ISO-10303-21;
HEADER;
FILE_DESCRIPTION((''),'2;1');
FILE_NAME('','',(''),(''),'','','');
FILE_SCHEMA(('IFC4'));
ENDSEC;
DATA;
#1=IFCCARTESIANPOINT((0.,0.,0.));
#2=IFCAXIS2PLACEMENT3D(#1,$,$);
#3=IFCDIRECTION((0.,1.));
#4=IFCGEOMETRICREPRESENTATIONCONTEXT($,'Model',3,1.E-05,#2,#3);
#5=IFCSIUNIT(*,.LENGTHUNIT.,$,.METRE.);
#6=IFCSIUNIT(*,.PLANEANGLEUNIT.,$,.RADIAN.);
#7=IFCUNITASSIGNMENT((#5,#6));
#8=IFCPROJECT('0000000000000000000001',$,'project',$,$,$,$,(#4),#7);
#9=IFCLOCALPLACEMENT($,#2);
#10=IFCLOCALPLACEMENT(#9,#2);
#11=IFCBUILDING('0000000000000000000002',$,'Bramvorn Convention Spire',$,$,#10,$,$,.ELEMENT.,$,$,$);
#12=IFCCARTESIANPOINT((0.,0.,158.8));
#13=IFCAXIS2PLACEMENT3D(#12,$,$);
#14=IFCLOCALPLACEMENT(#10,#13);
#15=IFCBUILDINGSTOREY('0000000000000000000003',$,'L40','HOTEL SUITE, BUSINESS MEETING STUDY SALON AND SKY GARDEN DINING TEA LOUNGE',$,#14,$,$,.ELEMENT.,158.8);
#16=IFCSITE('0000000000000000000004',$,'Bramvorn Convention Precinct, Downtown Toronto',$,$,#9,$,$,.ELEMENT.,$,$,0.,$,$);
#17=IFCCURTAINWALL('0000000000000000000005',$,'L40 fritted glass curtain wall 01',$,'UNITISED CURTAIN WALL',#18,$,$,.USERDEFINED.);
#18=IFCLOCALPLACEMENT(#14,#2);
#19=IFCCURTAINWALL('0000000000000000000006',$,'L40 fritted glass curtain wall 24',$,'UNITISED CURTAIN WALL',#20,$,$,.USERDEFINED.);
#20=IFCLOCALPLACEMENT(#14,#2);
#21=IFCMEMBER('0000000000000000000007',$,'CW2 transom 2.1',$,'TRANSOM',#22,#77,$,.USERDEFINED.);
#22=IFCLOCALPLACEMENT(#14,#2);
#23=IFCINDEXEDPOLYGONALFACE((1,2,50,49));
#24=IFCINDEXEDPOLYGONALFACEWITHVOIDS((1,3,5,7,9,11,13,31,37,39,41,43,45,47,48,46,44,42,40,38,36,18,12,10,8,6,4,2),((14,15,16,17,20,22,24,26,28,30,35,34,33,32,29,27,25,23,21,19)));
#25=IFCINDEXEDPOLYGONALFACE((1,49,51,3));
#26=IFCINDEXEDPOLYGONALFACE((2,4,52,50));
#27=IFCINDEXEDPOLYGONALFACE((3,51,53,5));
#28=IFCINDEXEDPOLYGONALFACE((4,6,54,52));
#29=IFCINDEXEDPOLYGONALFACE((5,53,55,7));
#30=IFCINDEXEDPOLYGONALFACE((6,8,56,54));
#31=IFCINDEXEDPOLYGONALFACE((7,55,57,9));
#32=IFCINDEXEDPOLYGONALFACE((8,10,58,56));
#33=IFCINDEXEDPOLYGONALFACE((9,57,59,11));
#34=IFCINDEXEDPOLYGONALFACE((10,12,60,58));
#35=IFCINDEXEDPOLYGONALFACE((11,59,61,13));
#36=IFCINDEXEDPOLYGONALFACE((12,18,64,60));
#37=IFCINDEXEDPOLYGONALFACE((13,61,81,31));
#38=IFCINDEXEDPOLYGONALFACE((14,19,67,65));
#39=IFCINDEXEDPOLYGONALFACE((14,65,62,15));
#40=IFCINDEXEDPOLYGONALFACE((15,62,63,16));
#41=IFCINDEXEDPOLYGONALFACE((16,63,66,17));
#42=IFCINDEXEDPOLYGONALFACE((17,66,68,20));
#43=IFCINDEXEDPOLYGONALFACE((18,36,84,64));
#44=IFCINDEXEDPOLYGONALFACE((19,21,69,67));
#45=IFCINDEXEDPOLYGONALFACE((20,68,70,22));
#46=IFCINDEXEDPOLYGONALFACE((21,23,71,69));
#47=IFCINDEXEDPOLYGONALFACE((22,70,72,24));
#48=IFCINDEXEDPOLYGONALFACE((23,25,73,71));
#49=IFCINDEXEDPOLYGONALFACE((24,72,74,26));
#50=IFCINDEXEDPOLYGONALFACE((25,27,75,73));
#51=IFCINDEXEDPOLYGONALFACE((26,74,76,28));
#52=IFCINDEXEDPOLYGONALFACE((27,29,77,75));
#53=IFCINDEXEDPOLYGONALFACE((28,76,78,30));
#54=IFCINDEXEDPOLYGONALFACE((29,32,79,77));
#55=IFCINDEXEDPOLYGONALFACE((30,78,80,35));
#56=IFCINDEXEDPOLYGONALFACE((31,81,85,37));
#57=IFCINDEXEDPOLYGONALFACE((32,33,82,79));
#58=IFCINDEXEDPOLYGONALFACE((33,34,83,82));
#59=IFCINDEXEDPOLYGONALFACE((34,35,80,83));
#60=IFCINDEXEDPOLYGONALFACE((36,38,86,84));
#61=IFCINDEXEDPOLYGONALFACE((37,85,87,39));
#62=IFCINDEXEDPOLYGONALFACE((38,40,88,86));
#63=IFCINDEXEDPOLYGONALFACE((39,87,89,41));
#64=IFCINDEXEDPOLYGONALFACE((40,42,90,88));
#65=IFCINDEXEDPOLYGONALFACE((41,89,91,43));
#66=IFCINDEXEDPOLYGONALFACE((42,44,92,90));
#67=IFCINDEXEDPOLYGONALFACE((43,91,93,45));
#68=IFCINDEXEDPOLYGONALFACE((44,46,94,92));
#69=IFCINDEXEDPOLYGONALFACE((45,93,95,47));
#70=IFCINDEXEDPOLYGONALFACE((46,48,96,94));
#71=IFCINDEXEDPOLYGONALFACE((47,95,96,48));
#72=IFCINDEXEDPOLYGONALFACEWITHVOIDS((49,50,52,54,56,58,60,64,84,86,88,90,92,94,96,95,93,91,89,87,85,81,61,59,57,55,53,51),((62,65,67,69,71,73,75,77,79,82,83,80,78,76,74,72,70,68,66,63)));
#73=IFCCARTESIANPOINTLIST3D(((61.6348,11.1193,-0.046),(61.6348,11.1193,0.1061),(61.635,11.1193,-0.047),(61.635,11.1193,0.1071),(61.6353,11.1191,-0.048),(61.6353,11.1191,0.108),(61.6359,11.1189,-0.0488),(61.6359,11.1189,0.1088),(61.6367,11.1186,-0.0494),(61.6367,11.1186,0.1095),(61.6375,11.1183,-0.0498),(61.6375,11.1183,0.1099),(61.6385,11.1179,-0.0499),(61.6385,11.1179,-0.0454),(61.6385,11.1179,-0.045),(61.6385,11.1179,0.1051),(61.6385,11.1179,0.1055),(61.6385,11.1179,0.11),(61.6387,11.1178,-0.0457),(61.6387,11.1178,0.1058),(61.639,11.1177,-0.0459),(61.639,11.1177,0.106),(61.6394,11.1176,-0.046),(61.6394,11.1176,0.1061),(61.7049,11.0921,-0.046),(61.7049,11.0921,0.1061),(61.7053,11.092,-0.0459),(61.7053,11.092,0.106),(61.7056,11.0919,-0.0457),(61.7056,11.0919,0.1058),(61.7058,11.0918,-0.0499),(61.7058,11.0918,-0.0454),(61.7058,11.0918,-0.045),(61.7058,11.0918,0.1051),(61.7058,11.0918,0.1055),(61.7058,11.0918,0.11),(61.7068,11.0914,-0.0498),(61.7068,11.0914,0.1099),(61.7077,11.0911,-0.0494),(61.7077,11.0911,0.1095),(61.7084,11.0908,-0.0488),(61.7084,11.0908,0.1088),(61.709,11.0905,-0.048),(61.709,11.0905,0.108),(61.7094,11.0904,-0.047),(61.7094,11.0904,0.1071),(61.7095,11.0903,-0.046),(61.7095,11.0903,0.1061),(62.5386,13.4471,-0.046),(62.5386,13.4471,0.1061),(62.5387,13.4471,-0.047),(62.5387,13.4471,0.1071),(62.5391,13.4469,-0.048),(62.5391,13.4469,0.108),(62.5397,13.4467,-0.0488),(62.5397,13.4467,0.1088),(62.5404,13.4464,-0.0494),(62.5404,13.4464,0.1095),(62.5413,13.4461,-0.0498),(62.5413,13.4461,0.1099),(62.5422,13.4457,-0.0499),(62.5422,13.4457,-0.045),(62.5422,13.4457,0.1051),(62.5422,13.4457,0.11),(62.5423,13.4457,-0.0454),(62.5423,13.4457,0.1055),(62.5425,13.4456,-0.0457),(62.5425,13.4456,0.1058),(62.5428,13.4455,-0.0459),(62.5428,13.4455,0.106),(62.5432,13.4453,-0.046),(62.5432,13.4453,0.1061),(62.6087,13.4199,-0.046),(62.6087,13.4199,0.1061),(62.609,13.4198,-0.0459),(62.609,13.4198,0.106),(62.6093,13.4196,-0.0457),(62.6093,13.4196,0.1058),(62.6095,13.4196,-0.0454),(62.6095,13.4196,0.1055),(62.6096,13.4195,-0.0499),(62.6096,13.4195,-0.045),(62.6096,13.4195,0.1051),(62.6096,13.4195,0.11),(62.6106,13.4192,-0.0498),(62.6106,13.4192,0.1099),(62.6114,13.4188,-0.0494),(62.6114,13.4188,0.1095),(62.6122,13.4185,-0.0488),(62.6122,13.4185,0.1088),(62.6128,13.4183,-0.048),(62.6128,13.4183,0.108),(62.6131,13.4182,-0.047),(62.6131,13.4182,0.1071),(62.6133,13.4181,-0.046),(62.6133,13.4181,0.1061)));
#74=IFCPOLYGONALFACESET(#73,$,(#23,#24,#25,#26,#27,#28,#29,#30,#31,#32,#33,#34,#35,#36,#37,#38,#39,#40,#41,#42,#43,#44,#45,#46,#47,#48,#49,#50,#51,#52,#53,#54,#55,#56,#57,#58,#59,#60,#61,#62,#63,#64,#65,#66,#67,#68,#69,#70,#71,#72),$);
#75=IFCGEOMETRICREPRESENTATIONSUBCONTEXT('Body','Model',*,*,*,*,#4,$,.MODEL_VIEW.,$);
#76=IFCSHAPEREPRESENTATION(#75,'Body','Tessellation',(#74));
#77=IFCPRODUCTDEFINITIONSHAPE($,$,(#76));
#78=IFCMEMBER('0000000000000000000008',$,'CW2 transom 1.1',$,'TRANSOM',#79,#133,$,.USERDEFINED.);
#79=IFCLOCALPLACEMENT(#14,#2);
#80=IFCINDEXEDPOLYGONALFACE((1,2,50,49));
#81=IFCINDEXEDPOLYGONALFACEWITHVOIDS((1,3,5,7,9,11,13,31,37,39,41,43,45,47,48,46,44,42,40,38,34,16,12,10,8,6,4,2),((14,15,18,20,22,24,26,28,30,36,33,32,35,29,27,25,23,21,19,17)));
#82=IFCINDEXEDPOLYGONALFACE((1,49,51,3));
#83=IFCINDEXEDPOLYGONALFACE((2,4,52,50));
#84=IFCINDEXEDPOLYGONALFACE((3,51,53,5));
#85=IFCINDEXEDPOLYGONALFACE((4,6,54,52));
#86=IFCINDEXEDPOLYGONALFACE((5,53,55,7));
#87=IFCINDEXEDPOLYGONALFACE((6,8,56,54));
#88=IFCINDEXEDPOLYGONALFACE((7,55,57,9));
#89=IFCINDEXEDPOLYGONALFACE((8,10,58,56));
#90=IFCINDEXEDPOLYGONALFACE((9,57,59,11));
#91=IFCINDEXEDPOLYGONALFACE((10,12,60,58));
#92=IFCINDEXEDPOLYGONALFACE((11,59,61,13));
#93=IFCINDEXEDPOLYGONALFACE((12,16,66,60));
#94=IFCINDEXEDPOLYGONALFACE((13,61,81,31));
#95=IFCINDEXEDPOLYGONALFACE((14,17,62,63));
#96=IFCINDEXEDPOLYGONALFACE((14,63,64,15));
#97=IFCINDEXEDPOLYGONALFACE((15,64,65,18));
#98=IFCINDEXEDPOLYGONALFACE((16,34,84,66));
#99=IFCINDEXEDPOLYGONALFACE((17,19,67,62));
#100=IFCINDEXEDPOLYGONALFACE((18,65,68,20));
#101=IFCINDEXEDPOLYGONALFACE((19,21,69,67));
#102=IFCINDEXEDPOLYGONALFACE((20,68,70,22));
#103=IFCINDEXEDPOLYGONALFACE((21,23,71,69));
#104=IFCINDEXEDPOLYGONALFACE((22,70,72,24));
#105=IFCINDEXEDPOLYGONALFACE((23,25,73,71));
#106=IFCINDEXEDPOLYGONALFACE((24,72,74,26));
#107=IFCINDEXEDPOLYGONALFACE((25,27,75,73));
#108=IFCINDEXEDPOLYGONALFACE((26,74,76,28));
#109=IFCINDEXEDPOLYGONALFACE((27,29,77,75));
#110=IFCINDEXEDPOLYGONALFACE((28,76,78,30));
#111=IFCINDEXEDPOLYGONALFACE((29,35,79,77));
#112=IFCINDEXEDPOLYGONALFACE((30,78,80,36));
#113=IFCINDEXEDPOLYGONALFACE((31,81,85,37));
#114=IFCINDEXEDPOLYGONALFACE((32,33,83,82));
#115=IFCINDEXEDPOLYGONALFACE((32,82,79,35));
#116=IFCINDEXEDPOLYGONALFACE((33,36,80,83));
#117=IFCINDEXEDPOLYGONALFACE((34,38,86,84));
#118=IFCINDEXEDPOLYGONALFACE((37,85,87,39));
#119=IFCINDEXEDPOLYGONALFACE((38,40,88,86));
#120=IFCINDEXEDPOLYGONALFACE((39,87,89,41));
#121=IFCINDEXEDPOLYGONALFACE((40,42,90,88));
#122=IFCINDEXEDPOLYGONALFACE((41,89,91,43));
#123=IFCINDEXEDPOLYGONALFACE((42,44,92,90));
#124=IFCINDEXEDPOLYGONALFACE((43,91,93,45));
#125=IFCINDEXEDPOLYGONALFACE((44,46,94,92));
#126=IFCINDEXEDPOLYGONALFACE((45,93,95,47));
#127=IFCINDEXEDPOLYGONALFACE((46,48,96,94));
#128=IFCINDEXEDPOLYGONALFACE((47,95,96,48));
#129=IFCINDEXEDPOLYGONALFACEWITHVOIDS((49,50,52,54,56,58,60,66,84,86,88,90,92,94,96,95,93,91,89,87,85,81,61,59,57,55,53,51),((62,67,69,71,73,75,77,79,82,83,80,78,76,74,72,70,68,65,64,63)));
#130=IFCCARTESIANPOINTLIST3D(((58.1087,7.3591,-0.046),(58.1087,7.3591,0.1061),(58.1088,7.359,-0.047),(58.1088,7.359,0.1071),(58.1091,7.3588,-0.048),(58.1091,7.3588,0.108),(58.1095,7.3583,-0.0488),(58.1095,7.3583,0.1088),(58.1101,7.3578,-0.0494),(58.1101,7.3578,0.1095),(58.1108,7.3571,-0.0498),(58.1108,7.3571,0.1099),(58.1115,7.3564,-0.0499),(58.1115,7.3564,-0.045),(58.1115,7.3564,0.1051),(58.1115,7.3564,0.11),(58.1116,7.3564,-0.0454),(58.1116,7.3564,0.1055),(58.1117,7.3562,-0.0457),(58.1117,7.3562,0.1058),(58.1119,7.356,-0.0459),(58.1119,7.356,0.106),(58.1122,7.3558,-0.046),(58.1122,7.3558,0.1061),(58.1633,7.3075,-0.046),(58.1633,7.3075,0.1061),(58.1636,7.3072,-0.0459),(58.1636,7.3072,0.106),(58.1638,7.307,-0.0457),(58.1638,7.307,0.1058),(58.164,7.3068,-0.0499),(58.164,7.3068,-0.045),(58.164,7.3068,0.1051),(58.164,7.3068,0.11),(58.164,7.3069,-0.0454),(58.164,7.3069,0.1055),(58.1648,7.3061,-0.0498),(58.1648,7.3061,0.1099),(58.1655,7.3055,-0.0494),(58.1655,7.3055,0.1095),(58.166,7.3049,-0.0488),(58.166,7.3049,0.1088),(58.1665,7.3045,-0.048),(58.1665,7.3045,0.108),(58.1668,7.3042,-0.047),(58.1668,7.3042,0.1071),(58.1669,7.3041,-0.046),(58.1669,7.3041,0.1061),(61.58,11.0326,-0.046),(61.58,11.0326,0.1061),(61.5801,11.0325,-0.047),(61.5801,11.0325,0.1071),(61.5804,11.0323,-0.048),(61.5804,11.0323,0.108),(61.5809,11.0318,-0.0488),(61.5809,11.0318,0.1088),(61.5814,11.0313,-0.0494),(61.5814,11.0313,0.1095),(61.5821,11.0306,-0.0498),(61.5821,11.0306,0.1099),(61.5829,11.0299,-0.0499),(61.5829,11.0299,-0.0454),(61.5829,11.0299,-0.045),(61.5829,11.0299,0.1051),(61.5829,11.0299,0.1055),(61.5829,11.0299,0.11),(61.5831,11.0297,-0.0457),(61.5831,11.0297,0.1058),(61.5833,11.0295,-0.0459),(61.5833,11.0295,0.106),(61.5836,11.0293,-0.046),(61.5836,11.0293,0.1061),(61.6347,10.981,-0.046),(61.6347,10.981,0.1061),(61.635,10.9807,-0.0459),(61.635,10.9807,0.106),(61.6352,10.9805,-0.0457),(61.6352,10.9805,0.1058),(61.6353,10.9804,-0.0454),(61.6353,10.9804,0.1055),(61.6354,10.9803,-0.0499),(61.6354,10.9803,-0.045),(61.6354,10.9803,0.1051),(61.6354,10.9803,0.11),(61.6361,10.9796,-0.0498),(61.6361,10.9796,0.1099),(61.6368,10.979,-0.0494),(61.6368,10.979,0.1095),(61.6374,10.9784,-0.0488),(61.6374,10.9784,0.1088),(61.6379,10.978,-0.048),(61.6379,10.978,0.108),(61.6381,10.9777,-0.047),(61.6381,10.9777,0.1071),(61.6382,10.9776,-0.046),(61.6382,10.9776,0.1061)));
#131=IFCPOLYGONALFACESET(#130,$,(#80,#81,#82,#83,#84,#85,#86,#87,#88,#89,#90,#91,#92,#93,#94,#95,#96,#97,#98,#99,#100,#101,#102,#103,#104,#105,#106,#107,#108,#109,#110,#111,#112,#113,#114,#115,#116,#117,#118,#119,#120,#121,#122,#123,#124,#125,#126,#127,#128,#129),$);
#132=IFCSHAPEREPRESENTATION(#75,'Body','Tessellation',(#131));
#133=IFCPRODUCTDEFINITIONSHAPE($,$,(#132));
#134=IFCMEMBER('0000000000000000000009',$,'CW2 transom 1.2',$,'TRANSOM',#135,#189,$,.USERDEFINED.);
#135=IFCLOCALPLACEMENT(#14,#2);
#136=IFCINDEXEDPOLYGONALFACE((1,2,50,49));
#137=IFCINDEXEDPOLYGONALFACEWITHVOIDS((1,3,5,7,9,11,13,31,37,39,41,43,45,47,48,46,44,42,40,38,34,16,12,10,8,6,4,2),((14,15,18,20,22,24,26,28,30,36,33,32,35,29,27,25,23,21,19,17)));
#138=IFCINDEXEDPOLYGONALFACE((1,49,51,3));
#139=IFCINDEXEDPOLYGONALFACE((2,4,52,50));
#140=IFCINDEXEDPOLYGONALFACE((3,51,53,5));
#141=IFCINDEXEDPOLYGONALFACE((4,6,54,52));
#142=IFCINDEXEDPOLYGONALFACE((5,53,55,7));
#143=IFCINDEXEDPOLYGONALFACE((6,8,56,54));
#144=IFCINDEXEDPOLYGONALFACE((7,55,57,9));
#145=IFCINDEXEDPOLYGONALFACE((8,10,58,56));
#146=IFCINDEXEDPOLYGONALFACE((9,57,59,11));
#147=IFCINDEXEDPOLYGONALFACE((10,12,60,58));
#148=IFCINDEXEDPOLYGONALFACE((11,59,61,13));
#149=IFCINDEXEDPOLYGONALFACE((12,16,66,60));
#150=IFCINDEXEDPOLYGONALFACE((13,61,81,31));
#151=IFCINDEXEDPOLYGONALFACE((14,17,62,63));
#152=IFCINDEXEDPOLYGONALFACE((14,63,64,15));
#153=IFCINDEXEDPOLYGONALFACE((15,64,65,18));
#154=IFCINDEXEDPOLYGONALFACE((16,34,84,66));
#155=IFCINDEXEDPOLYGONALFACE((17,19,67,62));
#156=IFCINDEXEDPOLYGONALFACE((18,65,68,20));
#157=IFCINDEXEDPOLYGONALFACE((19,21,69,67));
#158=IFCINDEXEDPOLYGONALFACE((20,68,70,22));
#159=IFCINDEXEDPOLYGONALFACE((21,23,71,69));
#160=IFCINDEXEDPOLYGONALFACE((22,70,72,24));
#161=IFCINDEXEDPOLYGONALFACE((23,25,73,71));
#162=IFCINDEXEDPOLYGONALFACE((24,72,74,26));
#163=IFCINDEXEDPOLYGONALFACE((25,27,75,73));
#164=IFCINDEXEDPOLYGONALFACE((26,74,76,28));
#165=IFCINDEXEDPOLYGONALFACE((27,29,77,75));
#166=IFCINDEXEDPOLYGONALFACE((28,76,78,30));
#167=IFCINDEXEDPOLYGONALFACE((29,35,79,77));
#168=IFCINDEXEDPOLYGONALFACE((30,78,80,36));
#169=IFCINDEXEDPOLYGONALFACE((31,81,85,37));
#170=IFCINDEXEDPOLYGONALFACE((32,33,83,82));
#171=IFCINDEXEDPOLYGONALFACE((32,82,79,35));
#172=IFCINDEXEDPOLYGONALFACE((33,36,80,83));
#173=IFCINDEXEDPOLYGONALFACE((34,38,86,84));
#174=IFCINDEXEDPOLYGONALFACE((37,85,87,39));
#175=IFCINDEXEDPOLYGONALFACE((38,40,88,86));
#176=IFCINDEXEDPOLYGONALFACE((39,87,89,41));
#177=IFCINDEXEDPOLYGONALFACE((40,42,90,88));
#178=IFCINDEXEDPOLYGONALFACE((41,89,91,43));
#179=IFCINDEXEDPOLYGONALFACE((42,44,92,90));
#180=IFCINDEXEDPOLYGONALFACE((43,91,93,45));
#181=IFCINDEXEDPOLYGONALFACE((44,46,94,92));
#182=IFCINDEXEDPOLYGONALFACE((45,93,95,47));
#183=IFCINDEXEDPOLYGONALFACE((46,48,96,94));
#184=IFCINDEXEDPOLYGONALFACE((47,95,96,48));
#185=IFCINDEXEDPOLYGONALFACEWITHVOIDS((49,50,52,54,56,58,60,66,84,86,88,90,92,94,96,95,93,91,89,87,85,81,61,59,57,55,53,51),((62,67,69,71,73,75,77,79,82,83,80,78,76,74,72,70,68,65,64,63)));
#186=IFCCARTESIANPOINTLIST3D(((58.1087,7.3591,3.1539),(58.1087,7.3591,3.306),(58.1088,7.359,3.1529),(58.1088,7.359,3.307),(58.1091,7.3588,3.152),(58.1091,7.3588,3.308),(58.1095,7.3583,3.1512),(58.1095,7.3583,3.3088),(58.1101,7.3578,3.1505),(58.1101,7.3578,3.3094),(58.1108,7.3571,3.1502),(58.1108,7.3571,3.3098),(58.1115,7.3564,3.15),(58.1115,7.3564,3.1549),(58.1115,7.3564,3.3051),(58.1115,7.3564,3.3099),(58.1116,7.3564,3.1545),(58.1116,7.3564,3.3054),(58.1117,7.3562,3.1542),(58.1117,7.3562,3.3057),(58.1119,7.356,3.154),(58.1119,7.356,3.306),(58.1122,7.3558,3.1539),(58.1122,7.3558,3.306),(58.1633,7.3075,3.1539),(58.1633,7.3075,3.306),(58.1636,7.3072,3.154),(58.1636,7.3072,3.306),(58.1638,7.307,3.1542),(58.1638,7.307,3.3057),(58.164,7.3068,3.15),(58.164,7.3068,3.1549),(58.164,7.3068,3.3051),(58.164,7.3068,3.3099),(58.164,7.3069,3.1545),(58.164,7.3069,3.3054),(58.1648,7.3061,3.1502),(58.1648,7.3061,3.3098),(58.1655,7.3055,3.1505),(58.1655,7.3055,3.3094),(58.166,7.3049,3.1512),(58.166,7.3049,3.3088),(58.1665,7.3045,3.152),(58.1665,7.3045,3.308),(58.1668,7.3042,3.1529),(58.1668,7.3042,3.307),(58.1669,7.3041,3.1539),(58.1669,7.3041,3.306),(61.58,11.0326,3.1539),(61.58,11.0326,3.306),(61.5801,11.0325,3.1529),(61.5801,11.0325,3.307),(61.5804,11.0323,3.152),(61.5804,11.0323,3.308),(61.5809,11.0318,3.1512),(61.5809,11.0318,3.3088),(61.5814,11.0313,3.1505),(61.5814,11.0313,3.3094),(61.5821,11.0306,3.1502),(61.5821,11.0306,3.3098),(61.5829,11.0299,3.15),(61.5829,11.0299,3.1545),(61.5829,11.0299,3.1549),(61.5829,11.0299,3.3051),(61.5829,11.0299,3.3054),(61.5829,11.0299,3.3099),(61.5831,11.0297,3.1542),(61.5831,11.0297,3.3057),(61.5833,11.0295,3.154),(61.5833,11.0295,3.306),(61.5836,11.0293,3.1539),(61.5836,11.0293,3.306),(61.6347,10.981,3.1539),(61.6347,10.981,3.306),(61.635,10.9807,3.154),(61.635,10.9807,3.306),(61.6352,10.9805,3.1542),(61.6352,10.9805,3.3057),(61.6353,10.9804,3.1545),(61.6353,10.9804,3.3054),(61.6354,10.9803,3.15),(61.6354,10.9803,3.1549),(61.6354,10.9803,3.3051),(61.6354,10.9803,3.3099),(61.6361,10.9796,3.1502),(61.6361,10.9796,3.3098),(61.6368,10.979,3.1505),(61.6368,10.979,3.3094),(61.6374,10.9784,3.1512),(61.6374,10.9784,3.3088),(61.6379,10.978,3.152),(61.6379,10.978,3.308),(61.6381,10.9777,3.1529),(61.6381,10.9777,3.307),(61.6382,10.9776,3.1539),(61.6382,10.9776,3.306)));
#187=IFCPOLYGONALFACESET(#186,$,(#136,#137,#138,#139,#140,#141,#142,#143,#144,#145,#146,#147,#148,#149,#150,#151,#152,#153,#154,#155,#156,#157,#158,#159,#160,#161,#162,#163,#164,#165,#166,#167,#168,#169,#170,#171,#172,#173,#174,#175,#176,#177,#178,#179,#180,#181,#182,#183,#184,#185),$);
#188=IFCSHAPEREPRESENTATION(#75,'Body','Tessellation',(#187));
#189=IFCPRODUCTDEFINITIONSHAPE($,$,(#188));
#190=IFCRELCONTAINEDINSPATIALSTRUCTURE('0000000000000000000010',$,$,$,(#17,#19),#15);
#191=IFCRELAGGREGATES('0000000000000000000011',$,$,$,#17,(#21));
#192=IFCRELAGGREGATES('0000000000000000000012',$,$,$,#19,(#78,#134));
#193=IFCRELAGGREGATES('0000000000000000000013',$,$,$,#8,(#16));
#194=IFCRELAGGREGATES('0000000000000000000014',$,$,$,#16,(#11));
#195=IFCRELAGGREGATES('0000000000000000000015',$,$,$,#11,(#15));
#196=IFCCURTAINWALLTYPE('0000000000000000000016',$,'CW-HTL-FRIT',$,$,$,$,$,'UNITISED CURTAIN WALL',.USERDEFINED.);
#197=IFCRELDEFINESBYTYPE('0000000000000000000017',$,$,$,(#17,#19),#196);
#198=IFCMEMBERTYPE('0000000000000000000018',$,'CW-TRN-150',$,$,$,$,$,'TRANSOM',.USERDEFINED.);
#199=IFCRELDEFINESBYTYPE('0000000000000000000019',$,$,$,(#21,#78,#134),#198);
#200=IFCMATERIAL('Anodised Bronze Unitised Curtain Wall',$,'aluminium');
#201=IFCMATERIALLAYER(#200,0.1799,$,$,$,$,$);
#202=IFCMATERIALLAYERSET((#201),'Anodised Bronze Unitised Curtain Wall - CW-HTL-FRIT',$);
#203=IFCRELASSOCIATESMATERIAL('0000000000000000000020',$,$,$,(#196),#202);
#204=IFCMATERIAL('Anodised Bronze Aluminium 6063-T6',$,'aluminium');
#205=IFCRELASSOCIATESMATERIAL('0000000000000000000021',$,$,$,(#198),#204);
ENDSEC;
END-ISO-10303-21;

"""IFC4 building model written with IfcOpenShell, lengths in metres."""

from ifc_helpers import new_model, si_unit, direction, frame, origin, origin_2d, place, context, subcontext, project, spatial, hollow_rectangle, extrude, material, layer, layer_set, material_profile, profile_set, type_object, element, aggregate, save


model = new_model("IFC4")

# Units and contexts
model_context = context("Model", 3, precision=1e-05, world=origin(), true_north=direction((0.0, 1.0)))
body_context = subcontext(model_context, "Body", "Model", "MODEL_VIEW")
ifc_project = project(units=[si_unit("LENGTHUNIT", "METRE"), si_unit("PLANEANGLEUNIT", "RADIAN")], contexts=[model_context])

# Site, building, storey
site_placement = place(None, origin())
site = spatial("IfcSite", under=ifc_project, at=site_placement, Name="Bramvorn Convention Precinct, Downtown Toronto", CompositionType="ELEMENT", RefElevation=0.0)
building_placement = place(site_placement, origin())
building = spatial("IfcBuilding", under=site, at=building_placement, Name="Bramvorn Convention Spire", CompositionType="ELEMENT")
storey_placement = place(building_placement, frame((0.0, 0.0, 158.8)))
storey = spatial("IfcBuildingStorey", under=building, at=storey_placement, Name="L40", Description="HOTEL SUITE, BUSINESS MEETING STUDY SALON AND SKY GARDEN DINING TEA LOUNGE", CompositionType="ELEMENT", Elevation=158.8)

# Curtain wall
ifc_material_1 = material(Name="Anodised Bronze Unitised Curtain Wall", Category="aluminium")
ifc_layer_1 = layer(ifc_material_1, 0.1799)
ifc_layer_set_1 = layer_set([ifc_layer_1], Name="Anodised Bronze Unitised Curtain Wall - CW-HTL-FRIT")
curtain_wall_type = type_object("IfcCurtainWallType", Name="CW-HTL-FRIT", ElementType="UNITISED CURTAIN WALL", PredefinedType="USERDEFINED", material=ifc_layer_set_1)
curtain_wall_1_placement = place(storey_placement, origin())
curtain_wall_1 = element("IfcCurtainWall", 1, at=curtain_wall_1_placement, inside=storey, type_object=curtain_wall_type, Name="L40 fritted glass curtain wall 01", ObjectType="UNITISED CURTAIN WALL", PredefinedType="USERDEFINED")
ifc_material_2 = material(Name="Anodised Bronze Aluminium 6063-T6", Category="aluminium")

# Curtain wall
curtain_wall_2_placement = place(storey_placement, origin())
curtain_wall_2 = element("IfcCurtainWall", 2, at=curtain_wall_2_placement, inside=storey, type_object=curtain_wall_type, Name="L40 fritted glass curtain wall 24", ObjectType="UNITISED CURTAIN WALL", PredefinedType="USERDEFINED")

# Members
ifc_material_profile_1 = material_profile(ifc_material_2, hollow_rectangle(XDim=0.0801, YDim=0.1599, WallThickness=0.0039, InnerFilletRadius=0.001, OuterFilletRadius=0.0039, at=origin_2d()))
ifc_profile_set_1 = profile_set([ifc_material_profile_1], Name="Anodised Bronze Aluminium 6063-T6 - CWT80X160")
member_type_1 = type_object("IfcMemberType", Name="CW-TRN-150", ElementType="TRANSOM", PredefinedType="USERDEFINED", material=ifc_profile_set_1)
member_1_placement = place(storey_placement, frame((62.5759, 13.4326, 0.03), z_axis=(-0.361932, -0.932205, 0.0), x_axis=(0.932205, -0.361932, 0.0)))
member_1 = element("IfcMember", 3, at=member_1_placement, type_object=member_type_1, Name="CW2 transom 2.1", ObjectType="TRANSOM", PredefinedType="USERDEFINED", context=body_context, shape_type="SweptSolid", body=[
    extrude(hollow_rectangle(XDim=0.0801, YDim=0.1599, WallThickness=0.0039, InnerFilletRadius=0.001, OuterFilletRadius=0.0039, at=origin_2d()), origin(), (0.0, 0.0, 1.0), 2.4971),
])
member_2_placement = place(storey_placement, frame((61.6091, 11.0051, 0.03), z_axis=(-0.686826, -0.726822, 0.0), x_axis=(0.726822, -0.686826, 0.0)))
member_2 = element("IfcMember", 4, at=member_2_placement, type_object=member_type_1, Name="CW2 transom 1.1", ObjectType="TRANSOM", PredefinedType="USERDEFINED", context=body_context, shape_type="SweptSolid", body=[
    extrude(hollow_rectangle(XDim=0.0801, YDim=0.1599, WallThickness=0.0039, InnerFilletRadius=0.001, OuterFilletRadius=0.0039, at=origin_2d()), origin(), (0.0, 0.0, 1.0), 5.0542),
])
member_3_placement = place(storey_placement, frame((61.6091, 11.0051, 3.23), z_axis=(-0.686826, -0.726822, 0.0), x_axis=(0.726822, -0.686826, 0.0)))
member_3 = element("IfcMember", 5, at=member_3_placement, type_object=member_type_1, Name="CW2 transom 1.2", ObjectType="TRANSOM", PredefinedType="USERDEFINED", context=body_context, shape_type="SweptSolid", body=[
    extrude(hollow_rectangle(XDim=0.0801, YDim=0.1599, WallThickness=0.0039, InnerFilletRadius=0.001, OuterFilletRadius=0.0039, at=origin_2d()), origin(), (0.0, 0.0, 1.0), 5.0542),
])

aggregate(curtain_wall_1, [member_1])
aggregate(curtain_wall_2, [member_2, member_3])

save(model, "model.ifc")
